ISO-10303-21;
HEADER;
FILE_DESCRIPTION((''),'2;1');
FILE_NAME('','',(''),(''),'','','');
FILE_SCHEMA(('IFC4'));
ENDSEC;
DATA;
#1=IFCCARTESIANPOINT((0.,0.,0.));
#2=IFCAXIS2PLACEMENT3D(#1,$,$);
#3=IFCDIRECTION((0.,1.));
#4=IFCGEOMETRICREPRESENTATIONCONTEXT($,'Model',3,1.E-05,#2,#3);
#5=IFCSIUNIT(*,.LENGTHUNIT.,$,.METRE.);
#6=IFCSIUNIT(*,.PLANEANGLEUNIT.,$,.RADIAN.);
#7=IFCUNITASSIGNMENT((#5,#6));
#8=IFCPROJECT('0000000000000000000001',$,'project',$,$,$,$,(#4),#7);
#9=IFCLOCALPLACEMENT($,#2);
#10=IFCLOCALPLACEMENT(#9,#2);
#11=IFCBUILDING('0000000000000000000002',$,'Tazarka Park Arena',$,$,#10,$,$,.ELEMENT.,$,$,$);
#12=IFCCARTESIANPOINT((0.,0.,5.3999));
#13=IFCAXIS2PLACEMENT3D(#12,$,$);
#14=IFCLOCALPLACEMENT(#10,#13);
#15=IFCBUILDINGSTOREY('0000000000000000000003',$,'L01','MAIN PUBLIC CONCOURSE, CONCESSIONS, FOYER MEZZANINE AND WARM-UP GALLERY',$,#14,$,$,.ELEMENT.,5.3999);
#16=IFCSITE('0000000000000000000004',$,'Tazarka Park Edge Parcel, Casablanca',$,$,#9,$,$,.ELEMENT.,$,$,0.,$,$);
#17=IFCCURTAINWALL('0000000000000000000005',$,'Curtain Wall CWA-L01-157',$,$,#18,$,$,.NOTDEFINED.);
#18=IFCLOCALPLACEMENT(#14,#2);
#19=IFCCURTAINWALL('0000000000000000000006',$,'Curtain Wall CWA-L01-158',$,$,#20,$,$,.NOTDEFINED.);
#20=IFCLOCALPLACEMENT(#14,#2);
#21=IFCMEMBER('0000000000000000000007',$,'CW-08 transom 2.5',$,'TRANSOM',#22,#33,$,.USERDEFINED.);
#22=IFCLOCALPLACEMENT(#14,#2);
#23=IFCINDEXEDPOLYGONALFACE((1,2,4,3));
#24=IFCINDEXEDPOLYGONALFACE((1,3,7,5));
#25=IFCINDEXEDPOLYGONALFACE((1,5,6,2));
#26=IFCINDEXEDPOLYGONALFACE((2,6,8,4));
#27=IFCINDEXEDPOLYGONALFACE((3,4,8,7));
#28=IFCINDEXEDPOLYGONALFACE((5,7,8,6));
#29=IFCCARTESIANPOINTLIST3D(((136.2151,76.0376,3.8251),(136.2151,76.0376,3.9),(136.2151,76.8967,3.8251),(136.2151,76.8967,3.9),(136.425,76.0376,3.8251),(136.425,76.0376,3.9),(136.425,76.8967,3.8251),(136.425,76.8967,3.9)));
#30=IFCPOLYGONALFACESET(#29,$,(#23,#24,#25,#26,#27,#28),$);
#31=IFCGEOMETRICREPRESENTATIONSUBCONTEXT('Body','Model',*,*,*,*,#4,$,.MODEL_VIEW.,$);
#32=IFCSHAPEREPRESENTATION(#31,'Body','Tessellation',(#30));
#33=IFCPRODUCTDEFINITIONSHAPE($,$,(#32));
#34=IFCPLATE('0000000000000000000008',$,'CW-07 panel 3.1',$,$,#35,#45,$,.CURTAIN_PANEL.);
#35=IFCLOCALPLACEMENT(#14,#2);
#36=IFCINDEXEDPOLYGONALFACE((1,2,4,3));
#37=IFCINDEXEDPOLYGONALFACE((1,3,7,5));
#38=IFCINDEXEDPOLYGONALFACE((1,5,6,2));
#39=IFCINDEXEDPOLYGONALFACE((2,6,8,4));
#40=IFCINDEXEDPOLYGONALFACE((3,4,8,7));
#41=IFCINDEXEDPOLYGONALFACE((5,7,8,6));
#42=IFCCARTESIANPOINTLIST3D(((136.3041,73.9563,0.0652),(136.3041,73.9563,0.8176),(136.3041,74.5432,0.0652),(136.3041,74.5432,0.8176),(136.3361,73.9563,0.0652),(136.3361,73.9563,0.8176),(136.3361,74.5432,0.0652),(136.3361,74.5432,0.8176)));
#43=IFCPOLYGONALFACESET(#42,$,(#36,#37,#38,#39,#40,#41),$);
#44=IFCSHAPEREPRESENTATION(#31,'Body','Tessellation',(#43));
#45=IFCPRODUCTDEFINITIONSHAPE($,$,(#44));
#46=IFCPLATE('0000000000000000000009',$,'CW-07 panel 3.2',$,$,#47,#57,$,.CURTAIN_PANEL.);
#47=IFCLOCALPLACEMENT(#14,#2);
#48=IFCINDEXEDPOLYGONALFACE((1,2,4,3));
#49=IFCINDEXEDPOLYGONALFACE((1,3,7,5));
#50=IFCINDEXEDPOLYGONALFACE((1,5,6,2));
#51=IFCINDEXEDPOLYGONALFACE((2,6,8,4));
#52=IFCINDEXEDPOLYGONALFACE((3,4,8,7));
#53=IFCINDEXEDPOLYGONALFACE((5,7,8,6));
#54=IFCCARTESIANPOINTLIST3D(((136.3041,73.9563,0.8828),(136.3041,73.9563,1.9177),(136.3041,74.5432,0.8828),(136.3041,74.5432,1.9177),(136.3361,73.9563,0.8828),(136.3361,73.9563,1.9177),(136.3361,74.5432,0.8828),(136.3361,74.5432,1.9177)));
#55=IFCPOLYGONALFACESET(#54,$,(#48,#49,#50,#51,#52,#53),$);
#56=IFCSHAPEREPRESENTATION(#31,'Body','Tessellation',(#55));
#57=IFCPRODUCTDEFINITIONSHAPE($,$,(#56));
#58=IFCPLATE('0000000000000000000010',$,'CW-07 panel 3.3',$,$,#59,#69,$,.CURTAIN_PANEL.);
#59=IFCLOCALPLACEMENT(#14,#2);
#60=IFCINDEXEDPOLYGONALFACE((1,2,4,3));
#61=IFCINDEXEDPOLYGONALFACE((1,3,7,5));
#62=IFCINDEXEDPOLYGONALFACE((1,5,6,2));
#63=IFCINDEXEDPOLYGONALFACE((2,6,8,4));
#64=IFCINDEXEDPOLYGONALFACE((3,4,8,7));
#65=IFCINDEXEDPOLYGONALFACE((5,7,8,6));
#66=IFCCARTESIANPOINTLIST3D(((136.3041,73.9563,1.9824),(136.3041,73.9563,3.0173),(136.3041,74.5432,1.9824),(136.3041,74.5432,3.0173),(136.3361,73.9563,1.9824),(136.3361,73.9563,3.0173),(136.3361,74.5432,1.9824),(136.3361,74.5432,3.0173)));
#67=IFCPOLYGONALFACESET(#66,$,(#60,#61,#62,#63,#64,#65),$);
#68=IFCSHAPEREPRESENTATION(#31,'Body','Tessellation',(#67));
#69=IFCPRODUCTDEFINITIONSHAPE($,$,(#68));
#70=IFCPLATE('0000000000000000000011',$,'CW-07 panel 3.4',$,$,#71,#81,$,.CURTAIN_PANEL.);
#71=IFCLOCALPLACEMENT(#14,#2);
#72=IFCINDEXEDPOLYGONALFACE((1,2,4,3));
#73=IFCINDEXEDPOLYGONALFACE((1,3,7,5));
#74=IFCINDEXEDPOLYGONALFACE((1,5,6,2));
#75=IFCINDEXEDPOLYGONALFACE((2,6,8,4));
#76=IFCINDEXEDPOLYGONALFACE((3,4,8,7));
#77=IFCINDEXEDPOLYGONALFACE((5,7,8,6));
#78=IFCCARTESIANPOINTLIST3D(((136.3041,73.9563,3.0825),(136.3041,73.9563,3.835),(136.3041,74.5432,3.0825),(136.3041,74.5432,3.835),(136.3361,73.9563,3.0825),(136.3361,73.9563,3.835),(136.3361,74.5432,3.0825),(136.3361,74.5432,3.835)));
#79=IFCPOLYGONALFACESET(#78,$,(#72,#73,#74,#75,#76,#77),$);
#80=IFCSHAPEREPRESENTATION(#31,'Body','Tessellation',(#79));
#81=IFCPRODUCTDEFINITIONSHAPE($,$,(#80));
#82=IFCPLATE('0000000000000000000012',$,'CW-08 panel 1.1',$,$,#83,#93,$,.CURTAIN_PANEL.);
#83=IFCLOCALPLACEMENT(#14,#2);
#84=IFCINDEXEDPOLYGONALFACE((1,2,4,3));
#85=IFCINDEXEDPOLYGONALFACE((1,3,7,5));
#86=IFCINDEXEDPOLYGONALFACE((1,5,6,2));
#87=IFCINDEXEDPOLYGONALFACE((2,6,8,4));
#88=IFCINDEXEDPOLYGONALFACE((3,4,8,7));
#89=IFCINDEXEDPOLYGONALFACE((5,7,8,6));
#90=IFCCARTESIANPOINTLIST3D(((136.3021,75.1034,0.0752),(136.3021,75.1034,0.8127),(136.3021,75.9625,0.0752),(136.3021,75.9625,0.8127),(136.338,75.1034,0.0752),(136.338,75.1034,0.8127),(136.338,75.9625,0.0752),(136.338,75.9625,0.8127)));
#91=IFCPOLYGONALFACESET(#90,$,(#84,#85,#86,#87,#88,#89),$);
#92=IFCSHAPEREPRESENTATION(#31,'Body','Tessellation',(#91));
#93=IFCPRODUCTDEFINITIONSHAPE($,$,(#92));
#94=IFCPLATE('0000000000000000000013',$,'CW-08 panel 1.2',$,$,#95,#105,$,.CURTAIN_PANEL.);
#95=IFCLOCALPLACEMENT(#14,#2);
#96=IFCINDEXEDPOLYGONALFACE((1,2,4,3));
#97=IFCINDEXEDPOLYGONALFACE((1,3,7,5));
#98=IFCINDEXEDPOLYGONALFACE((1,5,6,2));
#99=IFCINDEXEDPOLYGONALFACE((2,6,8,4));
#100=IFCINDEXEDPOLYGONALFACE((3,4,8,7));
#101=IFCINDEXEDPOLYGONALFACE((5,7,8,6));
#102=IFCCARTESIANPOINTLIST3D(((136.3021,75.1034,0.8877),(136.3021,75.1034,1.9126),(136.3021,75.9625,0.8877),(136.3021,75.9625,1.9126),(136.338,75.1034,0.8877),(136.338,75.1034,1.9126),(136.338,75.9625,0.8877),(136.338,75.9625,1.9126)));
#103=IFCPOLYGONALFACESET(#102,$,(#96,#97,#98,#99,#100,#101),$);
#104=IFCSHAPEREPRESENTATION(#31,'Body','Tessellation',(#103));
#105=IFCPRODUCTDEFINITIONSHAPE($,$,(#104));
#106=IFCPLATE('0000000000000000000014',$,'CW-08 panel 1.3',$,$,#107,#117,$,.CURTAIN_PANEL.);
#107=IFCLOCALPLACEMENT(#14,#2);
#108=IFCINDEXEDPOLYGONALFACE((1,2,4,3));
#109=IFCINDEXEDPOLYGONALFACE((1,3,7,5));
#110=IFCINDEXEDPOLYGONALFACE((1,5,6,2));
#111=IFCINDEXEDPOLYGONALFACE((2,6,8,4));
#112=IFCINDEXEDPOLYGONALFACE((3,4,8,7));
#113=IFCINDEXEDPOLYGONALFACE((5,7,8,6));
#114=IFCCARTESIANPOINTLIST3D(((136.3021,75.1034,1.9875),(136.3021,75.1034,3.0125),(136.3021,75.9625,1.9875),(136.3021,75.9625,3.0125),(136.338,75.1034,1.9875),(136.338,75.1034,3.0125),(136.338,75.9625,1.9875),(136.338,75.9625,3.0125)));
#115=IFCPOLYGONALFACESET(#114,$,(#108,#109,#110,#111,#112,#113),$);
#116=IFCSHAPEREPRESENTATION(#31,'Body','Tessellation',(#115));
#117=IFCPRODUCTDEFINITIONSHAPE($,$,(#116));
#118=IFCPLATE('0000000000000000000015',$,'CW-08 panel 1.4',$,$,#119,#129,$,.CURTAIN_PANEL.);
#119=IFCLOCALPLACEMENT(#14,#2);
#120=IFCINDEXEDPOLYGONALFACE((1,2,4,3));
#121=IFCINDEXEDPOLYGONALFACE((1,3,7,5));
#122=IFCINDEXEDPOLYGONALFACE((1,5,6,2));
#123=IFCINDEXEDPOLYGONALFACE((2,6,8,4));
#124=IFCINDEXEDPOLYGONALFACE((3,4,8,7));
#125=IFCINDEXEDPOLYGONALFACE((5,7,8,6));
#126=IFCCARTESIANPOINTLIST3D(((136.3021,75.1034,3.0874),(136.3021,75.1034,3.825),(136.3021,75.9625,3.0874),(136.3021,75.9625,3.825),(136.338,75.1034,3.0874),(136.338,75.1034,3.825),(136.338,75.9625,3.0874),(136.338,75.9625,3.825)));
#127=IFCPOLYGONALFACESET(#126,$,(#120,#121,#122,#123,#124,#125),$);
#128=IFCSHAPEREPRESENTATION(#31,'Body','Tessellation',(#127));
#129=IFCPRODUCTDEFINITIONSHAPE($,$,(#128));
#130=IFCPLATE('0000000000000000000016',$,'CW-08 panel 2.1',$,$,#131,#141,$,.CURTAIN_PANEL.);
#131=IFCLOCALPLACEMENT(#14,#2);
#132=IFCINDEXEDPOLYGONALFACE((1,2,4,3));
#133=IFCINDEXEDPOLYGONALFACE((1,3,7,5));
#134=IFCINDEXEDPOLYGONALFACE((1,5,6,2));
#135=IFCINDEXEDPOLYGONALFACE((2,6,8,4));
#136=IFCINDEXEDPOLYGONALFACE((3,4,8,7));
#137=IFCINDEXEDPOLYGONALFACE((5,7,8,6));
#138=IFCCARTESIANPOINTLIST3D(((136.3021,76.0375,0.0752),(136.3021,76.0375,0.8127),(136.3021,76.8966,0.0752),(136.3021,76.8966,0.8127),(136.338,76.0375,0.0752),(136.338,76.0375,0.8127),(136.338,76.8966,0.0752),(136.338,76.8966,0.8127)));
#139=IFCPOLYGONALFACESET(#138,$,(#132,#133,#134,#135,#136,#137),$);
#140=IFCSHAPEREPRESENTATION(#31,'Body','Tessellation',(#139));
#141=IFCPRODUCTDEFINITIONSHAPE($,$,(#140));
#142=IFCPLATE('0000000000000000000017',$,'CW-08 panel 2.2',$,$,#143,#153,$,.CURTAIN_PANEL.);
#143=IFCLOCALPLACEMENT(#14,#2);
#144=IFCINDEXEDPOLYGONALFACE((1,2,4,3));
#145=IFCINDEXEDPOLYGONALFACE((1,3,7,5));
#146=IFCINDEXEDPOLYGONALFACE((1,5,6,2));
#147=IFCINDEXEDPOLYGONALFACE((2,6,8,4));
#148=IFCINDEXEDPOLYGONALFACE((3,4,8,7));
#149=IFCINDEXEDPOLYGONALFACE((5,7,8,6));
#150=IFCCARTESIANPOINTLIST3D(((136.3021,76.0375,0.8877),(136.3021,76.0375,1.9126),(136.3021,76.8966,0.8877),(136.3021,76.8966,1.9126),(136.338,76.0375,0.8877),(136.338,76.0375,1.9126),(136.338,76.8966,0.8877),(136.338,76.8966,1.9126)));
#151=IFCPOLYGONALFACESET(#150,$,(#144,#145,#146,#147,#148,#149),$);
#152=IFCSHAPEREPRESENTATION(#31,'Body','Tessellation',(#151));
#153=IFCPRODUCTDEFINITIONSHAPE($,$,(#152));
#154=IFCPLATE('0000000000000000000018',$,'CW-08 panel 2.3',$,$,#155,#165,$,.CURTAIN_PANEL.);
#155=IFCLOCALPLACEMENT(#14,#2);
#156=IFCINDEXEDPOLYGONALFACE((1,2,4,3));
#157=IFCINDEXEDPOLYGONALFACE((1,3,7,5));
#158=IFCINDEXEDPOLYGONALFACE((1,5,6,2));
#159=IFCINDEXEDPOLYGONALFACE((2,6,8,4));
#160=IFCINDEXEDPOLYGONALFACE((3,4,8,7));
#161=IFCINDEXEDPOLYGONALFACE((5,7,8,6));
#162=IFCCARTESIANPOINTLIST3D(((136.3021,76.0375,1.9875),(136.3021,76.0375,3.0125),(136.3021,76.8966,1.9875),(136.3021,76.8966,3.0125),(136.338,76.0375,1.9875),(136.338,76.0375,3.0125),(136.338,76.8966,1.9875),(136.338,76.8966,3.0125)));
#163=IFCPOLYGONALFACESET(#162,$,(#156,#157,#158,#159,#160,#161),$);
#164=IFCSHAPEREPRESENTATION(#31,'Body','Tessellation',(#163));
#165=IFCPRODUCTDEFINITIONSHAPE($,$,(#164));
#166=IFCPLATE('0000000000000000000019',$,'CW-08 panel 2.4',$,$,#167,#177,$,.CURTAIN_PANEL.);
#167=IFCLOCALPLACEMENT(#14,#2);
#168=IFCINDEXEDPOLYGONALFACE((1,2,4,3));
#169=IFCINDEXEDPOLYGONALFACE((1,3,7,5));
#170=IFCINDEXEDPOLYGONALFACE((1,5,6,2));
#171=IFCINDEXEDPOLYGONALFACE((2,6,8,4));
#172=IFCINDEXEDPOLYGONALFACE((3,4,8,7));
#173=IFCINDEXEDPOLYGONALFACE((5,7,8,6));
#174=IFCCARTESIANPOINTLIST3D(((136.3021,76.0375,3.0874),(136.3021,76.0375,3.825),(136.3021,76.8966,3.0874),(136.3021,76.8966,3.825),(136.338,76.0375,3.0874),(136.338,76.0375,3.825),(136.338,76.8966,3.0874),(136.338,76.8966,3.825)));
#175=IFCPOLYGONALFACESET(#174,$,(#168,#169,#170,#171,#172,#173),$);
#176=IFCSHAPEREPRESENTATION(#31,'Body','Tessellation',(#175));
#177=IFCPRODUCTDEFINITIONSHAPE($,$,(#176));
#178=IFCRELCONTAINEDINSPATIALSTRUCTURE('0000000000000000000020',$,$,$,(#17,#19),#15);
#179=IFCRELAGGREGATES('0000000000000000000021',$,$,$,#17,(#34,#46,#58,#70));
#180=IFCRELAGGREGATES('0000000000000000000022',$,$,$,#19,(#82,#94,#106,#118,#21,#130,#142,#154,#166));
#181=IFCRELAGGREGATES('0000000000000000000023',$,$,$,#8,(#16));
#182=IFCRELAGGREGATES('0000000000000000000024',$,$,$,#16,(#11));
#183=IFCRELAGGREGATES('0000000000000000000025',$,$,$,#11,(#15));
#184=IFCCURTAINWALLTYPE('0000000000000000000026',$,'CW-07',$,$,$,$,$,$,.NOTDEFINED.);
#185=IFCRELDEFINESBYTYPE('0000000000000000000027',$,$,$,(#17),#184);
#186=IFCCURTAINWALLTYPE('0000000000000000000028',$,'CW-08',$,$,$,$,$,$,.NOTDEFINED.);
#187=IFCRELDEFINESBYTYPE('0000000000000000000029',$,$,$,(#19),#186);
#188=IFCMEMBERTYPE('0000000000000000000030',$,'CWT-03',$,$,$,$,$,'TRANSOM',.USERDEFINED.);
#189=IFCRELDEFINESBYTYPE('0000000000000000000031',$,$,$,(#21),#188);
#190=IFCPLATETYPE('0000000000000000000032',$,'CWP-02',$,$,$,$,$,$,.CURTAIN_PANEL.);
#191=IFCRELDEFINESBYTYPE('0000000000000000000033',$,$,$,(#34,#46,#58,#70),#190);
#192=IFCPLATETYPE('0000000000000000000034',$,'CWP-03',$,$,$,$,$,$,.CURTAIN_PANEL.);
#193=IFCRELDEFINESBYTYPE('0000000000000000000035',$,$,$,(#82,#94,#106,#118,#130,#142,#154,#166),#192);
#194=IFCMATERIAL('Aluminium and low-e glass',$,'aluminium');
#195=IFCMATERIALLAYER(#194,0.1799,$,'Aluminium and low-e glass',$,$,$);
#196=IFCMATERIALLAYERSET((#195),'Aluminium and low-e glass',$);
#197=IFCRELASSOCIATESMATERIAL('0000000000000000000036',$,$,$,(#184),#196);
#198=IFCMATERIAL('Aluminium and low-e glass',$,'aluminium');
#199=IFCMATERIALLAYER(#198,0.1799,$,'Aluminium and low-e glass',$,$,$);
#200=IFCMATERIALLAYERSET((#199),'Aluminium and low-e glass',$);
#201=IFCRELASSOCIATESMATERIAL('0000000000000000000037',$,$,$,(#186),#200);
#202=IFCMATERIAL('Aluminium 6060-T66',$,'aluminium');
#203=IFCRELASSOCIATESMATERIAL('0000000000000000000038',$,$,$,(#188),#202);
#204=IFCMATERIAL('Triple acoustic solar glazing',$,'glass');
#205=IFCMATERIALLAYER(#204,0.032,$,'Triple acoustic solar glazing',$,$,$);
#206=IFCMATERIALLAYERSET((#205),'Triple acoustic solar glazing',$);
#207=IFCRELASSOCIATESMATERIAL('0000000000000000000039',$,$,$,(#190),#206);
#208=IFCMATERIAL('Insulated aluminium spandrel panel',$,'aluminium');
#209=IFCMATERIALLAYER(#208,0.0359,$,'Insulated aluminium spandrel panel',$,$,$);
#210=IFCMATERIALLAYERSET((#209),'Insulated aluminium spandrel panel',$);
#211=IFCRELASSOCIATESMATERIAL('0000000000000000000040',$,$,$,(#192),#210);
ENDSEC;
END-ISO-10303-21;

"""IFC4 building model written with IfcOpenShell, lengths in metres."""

from ifc_helpers import new_model, si_unit, direction, frame, origin, origin_2d, place, context, subcontext, project, spatial, rectangle, extrude, material, layer, layer_set, material_profile, profile_set, type_object, element, aggregate, save


model = new_model("IFC4")

# Units and contexts
model_context = context("Model", 3, precision=1e-05, world=origin(), true_north=direction((0.0, 1.0)))
body_context = subcontext(model_context, "Body", "Model", "MODEL_VIEW")
ifc_project = project(units=[si_unit("LENGTHUNIT", "METRE"), si_unit("PLANEANGLEUNIT", "RADIAN")], contexts=[model_context])

# Site, building, storey
site_placement = place(None, origin())
site = spatial("IfcSite", under=ifc_project, at=site_placement, Name="Tazarka Park Edge Parcel, Casablanca", CompositionType="ELEMENT", RefElevation=0.0)
building_placement = place(site_placement, origin())
building = spatial("IfcBuilding", under=site, at=building_placement, Name="Tazarka Park Arena", CompositionType="ELEMENT")
storey_placement = place(building_placement, frame((0.0, 0.0, 5.3999)))
storey = spatial("IfcBuildingStorey", under=building, at=storey_placement, Name="L01", Description="MAIN PUBLIC CONCOURSE, CONCESSIONS, FOYER MEZZANINE AND WARM-UP GALLERY", CompositionType="ELEMENT", Elevation=5.3999)

# Curtain wall
ifc_material_1 = material(Name="Aluminium and low-e glass", Category="aluminium")
ifc_layer_1 = layer(ifc_material_1, 0.1799, Name="Aluminium and low-e glass")
ifc_layer_set_1 = layer_set([ifc_layer_1], Name="Aluminium and low-e glass")
curtain_wall_type_1 = type_object("IfcCurtainWallType", Name="CW-07", PredefinedType="NOTDEFINED", material=ifc_layer_set_1)
curtain_wall_1_placement = place(storey_placement, origin())
curtain_wall_1 = element("IfcCurtainWall", 1, at=curtain_wall_1_placement, inside=storey, type_object=curtain_wall_type_1, Name="Curtain Wall CWA-L01-157", PredefinedType="NOTDEFINED")

# Curtain wall, member
ifc_material_2 = material(Name="Aluminium and low-e glass", Category="aluminium")
ifc_layer_2 = layer(ifc_material_2, 0.1799, Name="Aluminium and low-e glass")
ifc_layer_set_2 = layer_set([ifc_layer_2], Name="Aluminium and low-e glass")
curtain_wall_type_2 = type_object("IfcCurtainWallType", Name="CW-08", PredefinedType="NOTDEFINED", material=ifc_layer_set_2)
curtain_wall_2_placement = place(storey_placement, origin())
curtain_wall_2 = element("IfcCurtainWall", 2, at=curtain_wall_2_placement, inside=storey, type_object=curtain_wall_type_2, Name="Curtain Wall CWA-L01-158", PredefinedType="NOTDEFINED")
ifc_material_3 = material(Name="Aluminium 6060-T66", Category="aluminium")
ifc_material_profile_1 = material_profile(ifc_material_3, rectangle(XDim=0.21, YDim=0.075, at=origin_2d()), Name="Aluminium 6060-T66")
ifc_profile_set_1 = profile_set([ifc_material_profile_1], Name="Aluminium 6060-T66")
member_type_1 = type_object("IfcMemberType", Name="CWT-03", ElementType="TRANSOM", PredefinedType="USERDEFINED", material=ifc_profile_set_1)
member_1_placement = place(storey_placement, frame((136.3201, 76.0376, 3.8625), z_axis=(0.0, 1.0, 0.0), x_axis=(-1.0, 0.0, 0.0)))
member_1 = element("IfcMember", 3, at=member_1_placement, type_object=member_type_1, Name="CW-08 transom 2.5", ObjectType="TRANSOM", PredefinedType="USERDEFINED", context=body_context, shape_type="SweptSolid", body=[
    extrude(rectangle(XDim=0.21, YDim=0.075, at=origin_2d()), origin(), (0.0, 0.0, 1.0), 0.8591),
])

# Plates
ifc_material_4 = material(Name="Triple acoustic solar glazing", Category="glass")
ifc_layer_3 = layer(ifc_material_4, 0.032, Name="Triple acoustic solar glazing")
ifc_layer_set_3 = layer_set([ifc_layer_3], Name="Triple acoustic solar glazing")
plate_type_1 = type_object("IfcPlateType", Name="CWP-02", PredefinedType="CURTAIN_PANEL", material=ifc_layer_set_3)
plate_1_placement = place(storey_placement, frame((136.3201, 74.2498, 0.0652), z_axis=(0.0, 0.0, 1.0), x_axis=(0.0, 1.0, 0.0)))
plate_1 = element("IfcPlate", 4, at=plate_1_placement, type_object=plate_type_1, Name="CW-07 panel 3.1", PredefinedType="CURTAIN_PANEL", context=body_context, shape_type="SweptSolid", body=[
    extrude(rectangle(XDim=0.5869, YDim=0.032, at=origin_2d()), origin(), (0.0, 0.0, 1.0), 0.7524),
])
plate_2_placement = place(storey_placement, frame((136.3201, 74.2498, 0.8828), z_axis=(0.0, 0.0, 1.0), x_axis=(0.0, 1.0, 0.0)))
plate_2 = element("IfcPlate", 5, at=plate_2_placement, type_object=plate_type_1, Name="CW-07 panel 3.2", PredefinedType="CURTAIN_PANEL", context=body_context, shape_type="SweptSolid", body=[
    extrude(rectangle(XDim=0.5869, YDim=0.032, at=origin_2d()), origin(), (0.0, 0.0, 1.0), 1.0349),
])
plate_3_placement = place(storey_placement, frame((136.3201, 74.2498, 1.9824), z_axis=(0.0, 0.0, 1.0), x_axis=(0.0, 1.0, 0.0)))
plate_3 = element("IfcPlate", 6, at=plate_3_placement, type_object=plate_type_1, Name="CW-07 panel 3.3", PredefinedType="CURTAIN_PANEL", context=body_context, shape_type="SweptSolid", body=[
    extrude(rectangle(XDim=0.5869, YDim=0.032, at=origin_2d()), origin(), (0.0, 0.0, 1.0), 1.0349),
])
plate_4_placement = place(storey_placement, frame((136.3201, 74.2498, 3.0825), z_axis=(0.0, 0.0, 1.0), x_axis=(0.0, 1.0, 0.0)))
plate_4 = element("IfcPlate", 7, at=plate_4_placement, type_object=plate_type_1, Name="CW-07 panel 3.4", PredefinedType="CURTAIN_PANEL", context=body_context, shape_type="SweptSolid", body=[
    extrude(rectangle(XDim=0.5869, YDim=0.032, at=origin_2d()), origin(), (0.0, 0.0, 1.0), 0.7524),
])
aggregate(curtain_wall_1, [plate_1, plate_2, plate_3, plate_4])
ifc_material_5 = material(Name="Insulated aluminium spandrel panel", Category="aluminium")
ifc_layer_4 = layer(ifc_material_5, 0.0359, Name="Insulated aluminium spandrel panel")
ifc_layer_set_4 = layer_set([ifc_layer_4], Name="Insulated aluminium spandrel panel")
plate_type_2 = type_object("IfcPlateType", Name="CWP-03", PredefinedType="CURTAIN_PANEL", material=ifc_layer_set_4)
plate_5_placement = place(storey_placement, frame((136.3201, 75.533, 0.0752), z_axis=(0.0, 0.0, 1.0), x_axis=(0.0, 1.0, 0.0)))
plate_5 = element("IfcPlate", 8, at=plate_5_placement, type_object=plate_type_2, Name="CW-08 panel 1.1", PredefinedType="CURTAIN_PANEL", context=body_context, shape_type="SweptSolid", body=[
    extrude(rectangle(XDim=0.8591, YDim=0.0359, at=origin_2d()), origin(), (0.0, 0.0, 1.0), 0.7375),
])
plate_6_placement = place(storey_placement, frame((136.3201, 75.533, 0.8877), z_axis=(0.0, 0.0, 1.0), x_axis=(0.0, 1.0, 0.0)))
plate_6 = element("IfcPlate", 9, at=plate_6_placement, type_object=plate_type_2, Name="CW-08 panel 1.2", PredefinedType="CURTAIN_PANEL", context=body_context, shape_type="SweptSolid", body=[
    extrude(rectangle(XDim=0.8591, YDim=0.0359, at=origin_2d()), origin(), (0.0, 0.0, 1.0), 1.0249),
])
plate_7_placement = place(storey_placement, frame((136.3201, 75.533, 1.9875), z_axis=(0.0, 0.0, 1.0), x_axis=(0.0, 1.0, 0.0)))
plate_7 = element("IfcPlate", 10, at=plate_7_placement, type_object=plate_type_2, Name="CW-08 panel 1.3", PredefinedType="CURTAIN_PANEL", context=body_context, shape_type="SweptSolid", body=[
    extrude(rectangle(XDim=0.8591, YDim=0.0359, at=origin_2d()), origin(), (0.0, 0.0, 1.0), 1.0249),
])
plate_8_placement = place(storey_placement, frame((136.3201, 75.533, 3.0874), z_axis=(0.0, 0.0, 1.0), x_axis=(0.0, 1.0, 0.0)))
plate_8 = element("IfcPlate", 11, at=plate_8_placement, type_object=plate_type_2, Name="CW-08 panel 1.4", PredefinedType="CURTAIN_PANEL", context=body_context, shape_type="SweptSolid", body=[
    extrude(rectangle(XDim=0.8591, YDim=0.0359, at=origin_2d()), origin(), (0.0, 0.0, 1.0), 0.7375),
])
plate_9_placement = place(storey_placement, frame((136.3201, 76.467, 0.0752), z_axis=(0.0, 0.0, 1.0), x_axis=(0.0, 1.0, 0.0)))
plate_9 = element("IfcPlate", 12, at=plate_9_placement, type_object=plate_type_2, Name="CW-08 panel 2.1", PredefinedType="CURTAIN_PANEL", context=body_context, shape_type="SweptSolid", body=[
    extrude(rectangle(XDim=0.8591, YDim=0.0359, at=origin_2d()), origin(), (0.0, 0.0, 1.0), 0.7375),
])
plate_10_placement = place(storey_placement, frame((136.3201, 76.467, 0.8877), z_axis=(0.0, 0.0, 1.0), x_axis=(0.0, 1.0, 0.0)))
plate_10 = element("IfcPlate", 13, at=plate_10_placement, type_object=plate_type_2, Name="CW-08 panel 2.2", PredefinedType="CURTAIN_PANEL", context=body_context, shape_type="SweptSolid", body=[
    extrude(rectangle(XDim=0.8591, YDim=0.0359, at=origin_2d()), origin(), (0.0, 0.0, 1.0), 1.0249),
])
plate_11_placement = place(storey_placement, frame((136.3201, 76.467, 1.9875), z_axis=(0.0, 0.0, 1.0), x_axis=(0.0, 1.0, 0.0)))
plate_11 = element("IfcPlate", 14, at=plate_11_placement, type_object=plate_type_2, Name="CW-08 panel 2.3", PredefinedType="CURTAIN_PANEL", context=body_context, shape_type="SweptSolid", body=[
    extrude(rectangle(XDim=0.8591, YDim=0.0359, at=origin_2d()), origin(), (0.0, 0.0, 1.0), 1.0249),
])
plate_12_placement = place(storey_placement, frame((136.3201, 76.467, 3.0874), z_axis=(0.0, 0.0, 1.0), x_axis=(0.0, 1.0, 0.0)))
plate_12 = element("IfcPlate", 15, at=plate_12_placement, type_object=plate_type_2, Name="CW-08 panel 2.4", PredefinedType="CURTAIN_PANEL", context=body_context, shape_type="SweptSolid", body=[
    extrude(rectangle(XDim=0.8591, YDim=0.0359, at=origin_2d()), origin(), (0.0, 0.0, 1.0), 0.7375),
])
aggregate(curtain_wall_2, [plate_5, plate_6, plate_7, plate_8, member_1, plate_9, plate_10, plate_11, plate_12])

save(model, "model.ifc")
